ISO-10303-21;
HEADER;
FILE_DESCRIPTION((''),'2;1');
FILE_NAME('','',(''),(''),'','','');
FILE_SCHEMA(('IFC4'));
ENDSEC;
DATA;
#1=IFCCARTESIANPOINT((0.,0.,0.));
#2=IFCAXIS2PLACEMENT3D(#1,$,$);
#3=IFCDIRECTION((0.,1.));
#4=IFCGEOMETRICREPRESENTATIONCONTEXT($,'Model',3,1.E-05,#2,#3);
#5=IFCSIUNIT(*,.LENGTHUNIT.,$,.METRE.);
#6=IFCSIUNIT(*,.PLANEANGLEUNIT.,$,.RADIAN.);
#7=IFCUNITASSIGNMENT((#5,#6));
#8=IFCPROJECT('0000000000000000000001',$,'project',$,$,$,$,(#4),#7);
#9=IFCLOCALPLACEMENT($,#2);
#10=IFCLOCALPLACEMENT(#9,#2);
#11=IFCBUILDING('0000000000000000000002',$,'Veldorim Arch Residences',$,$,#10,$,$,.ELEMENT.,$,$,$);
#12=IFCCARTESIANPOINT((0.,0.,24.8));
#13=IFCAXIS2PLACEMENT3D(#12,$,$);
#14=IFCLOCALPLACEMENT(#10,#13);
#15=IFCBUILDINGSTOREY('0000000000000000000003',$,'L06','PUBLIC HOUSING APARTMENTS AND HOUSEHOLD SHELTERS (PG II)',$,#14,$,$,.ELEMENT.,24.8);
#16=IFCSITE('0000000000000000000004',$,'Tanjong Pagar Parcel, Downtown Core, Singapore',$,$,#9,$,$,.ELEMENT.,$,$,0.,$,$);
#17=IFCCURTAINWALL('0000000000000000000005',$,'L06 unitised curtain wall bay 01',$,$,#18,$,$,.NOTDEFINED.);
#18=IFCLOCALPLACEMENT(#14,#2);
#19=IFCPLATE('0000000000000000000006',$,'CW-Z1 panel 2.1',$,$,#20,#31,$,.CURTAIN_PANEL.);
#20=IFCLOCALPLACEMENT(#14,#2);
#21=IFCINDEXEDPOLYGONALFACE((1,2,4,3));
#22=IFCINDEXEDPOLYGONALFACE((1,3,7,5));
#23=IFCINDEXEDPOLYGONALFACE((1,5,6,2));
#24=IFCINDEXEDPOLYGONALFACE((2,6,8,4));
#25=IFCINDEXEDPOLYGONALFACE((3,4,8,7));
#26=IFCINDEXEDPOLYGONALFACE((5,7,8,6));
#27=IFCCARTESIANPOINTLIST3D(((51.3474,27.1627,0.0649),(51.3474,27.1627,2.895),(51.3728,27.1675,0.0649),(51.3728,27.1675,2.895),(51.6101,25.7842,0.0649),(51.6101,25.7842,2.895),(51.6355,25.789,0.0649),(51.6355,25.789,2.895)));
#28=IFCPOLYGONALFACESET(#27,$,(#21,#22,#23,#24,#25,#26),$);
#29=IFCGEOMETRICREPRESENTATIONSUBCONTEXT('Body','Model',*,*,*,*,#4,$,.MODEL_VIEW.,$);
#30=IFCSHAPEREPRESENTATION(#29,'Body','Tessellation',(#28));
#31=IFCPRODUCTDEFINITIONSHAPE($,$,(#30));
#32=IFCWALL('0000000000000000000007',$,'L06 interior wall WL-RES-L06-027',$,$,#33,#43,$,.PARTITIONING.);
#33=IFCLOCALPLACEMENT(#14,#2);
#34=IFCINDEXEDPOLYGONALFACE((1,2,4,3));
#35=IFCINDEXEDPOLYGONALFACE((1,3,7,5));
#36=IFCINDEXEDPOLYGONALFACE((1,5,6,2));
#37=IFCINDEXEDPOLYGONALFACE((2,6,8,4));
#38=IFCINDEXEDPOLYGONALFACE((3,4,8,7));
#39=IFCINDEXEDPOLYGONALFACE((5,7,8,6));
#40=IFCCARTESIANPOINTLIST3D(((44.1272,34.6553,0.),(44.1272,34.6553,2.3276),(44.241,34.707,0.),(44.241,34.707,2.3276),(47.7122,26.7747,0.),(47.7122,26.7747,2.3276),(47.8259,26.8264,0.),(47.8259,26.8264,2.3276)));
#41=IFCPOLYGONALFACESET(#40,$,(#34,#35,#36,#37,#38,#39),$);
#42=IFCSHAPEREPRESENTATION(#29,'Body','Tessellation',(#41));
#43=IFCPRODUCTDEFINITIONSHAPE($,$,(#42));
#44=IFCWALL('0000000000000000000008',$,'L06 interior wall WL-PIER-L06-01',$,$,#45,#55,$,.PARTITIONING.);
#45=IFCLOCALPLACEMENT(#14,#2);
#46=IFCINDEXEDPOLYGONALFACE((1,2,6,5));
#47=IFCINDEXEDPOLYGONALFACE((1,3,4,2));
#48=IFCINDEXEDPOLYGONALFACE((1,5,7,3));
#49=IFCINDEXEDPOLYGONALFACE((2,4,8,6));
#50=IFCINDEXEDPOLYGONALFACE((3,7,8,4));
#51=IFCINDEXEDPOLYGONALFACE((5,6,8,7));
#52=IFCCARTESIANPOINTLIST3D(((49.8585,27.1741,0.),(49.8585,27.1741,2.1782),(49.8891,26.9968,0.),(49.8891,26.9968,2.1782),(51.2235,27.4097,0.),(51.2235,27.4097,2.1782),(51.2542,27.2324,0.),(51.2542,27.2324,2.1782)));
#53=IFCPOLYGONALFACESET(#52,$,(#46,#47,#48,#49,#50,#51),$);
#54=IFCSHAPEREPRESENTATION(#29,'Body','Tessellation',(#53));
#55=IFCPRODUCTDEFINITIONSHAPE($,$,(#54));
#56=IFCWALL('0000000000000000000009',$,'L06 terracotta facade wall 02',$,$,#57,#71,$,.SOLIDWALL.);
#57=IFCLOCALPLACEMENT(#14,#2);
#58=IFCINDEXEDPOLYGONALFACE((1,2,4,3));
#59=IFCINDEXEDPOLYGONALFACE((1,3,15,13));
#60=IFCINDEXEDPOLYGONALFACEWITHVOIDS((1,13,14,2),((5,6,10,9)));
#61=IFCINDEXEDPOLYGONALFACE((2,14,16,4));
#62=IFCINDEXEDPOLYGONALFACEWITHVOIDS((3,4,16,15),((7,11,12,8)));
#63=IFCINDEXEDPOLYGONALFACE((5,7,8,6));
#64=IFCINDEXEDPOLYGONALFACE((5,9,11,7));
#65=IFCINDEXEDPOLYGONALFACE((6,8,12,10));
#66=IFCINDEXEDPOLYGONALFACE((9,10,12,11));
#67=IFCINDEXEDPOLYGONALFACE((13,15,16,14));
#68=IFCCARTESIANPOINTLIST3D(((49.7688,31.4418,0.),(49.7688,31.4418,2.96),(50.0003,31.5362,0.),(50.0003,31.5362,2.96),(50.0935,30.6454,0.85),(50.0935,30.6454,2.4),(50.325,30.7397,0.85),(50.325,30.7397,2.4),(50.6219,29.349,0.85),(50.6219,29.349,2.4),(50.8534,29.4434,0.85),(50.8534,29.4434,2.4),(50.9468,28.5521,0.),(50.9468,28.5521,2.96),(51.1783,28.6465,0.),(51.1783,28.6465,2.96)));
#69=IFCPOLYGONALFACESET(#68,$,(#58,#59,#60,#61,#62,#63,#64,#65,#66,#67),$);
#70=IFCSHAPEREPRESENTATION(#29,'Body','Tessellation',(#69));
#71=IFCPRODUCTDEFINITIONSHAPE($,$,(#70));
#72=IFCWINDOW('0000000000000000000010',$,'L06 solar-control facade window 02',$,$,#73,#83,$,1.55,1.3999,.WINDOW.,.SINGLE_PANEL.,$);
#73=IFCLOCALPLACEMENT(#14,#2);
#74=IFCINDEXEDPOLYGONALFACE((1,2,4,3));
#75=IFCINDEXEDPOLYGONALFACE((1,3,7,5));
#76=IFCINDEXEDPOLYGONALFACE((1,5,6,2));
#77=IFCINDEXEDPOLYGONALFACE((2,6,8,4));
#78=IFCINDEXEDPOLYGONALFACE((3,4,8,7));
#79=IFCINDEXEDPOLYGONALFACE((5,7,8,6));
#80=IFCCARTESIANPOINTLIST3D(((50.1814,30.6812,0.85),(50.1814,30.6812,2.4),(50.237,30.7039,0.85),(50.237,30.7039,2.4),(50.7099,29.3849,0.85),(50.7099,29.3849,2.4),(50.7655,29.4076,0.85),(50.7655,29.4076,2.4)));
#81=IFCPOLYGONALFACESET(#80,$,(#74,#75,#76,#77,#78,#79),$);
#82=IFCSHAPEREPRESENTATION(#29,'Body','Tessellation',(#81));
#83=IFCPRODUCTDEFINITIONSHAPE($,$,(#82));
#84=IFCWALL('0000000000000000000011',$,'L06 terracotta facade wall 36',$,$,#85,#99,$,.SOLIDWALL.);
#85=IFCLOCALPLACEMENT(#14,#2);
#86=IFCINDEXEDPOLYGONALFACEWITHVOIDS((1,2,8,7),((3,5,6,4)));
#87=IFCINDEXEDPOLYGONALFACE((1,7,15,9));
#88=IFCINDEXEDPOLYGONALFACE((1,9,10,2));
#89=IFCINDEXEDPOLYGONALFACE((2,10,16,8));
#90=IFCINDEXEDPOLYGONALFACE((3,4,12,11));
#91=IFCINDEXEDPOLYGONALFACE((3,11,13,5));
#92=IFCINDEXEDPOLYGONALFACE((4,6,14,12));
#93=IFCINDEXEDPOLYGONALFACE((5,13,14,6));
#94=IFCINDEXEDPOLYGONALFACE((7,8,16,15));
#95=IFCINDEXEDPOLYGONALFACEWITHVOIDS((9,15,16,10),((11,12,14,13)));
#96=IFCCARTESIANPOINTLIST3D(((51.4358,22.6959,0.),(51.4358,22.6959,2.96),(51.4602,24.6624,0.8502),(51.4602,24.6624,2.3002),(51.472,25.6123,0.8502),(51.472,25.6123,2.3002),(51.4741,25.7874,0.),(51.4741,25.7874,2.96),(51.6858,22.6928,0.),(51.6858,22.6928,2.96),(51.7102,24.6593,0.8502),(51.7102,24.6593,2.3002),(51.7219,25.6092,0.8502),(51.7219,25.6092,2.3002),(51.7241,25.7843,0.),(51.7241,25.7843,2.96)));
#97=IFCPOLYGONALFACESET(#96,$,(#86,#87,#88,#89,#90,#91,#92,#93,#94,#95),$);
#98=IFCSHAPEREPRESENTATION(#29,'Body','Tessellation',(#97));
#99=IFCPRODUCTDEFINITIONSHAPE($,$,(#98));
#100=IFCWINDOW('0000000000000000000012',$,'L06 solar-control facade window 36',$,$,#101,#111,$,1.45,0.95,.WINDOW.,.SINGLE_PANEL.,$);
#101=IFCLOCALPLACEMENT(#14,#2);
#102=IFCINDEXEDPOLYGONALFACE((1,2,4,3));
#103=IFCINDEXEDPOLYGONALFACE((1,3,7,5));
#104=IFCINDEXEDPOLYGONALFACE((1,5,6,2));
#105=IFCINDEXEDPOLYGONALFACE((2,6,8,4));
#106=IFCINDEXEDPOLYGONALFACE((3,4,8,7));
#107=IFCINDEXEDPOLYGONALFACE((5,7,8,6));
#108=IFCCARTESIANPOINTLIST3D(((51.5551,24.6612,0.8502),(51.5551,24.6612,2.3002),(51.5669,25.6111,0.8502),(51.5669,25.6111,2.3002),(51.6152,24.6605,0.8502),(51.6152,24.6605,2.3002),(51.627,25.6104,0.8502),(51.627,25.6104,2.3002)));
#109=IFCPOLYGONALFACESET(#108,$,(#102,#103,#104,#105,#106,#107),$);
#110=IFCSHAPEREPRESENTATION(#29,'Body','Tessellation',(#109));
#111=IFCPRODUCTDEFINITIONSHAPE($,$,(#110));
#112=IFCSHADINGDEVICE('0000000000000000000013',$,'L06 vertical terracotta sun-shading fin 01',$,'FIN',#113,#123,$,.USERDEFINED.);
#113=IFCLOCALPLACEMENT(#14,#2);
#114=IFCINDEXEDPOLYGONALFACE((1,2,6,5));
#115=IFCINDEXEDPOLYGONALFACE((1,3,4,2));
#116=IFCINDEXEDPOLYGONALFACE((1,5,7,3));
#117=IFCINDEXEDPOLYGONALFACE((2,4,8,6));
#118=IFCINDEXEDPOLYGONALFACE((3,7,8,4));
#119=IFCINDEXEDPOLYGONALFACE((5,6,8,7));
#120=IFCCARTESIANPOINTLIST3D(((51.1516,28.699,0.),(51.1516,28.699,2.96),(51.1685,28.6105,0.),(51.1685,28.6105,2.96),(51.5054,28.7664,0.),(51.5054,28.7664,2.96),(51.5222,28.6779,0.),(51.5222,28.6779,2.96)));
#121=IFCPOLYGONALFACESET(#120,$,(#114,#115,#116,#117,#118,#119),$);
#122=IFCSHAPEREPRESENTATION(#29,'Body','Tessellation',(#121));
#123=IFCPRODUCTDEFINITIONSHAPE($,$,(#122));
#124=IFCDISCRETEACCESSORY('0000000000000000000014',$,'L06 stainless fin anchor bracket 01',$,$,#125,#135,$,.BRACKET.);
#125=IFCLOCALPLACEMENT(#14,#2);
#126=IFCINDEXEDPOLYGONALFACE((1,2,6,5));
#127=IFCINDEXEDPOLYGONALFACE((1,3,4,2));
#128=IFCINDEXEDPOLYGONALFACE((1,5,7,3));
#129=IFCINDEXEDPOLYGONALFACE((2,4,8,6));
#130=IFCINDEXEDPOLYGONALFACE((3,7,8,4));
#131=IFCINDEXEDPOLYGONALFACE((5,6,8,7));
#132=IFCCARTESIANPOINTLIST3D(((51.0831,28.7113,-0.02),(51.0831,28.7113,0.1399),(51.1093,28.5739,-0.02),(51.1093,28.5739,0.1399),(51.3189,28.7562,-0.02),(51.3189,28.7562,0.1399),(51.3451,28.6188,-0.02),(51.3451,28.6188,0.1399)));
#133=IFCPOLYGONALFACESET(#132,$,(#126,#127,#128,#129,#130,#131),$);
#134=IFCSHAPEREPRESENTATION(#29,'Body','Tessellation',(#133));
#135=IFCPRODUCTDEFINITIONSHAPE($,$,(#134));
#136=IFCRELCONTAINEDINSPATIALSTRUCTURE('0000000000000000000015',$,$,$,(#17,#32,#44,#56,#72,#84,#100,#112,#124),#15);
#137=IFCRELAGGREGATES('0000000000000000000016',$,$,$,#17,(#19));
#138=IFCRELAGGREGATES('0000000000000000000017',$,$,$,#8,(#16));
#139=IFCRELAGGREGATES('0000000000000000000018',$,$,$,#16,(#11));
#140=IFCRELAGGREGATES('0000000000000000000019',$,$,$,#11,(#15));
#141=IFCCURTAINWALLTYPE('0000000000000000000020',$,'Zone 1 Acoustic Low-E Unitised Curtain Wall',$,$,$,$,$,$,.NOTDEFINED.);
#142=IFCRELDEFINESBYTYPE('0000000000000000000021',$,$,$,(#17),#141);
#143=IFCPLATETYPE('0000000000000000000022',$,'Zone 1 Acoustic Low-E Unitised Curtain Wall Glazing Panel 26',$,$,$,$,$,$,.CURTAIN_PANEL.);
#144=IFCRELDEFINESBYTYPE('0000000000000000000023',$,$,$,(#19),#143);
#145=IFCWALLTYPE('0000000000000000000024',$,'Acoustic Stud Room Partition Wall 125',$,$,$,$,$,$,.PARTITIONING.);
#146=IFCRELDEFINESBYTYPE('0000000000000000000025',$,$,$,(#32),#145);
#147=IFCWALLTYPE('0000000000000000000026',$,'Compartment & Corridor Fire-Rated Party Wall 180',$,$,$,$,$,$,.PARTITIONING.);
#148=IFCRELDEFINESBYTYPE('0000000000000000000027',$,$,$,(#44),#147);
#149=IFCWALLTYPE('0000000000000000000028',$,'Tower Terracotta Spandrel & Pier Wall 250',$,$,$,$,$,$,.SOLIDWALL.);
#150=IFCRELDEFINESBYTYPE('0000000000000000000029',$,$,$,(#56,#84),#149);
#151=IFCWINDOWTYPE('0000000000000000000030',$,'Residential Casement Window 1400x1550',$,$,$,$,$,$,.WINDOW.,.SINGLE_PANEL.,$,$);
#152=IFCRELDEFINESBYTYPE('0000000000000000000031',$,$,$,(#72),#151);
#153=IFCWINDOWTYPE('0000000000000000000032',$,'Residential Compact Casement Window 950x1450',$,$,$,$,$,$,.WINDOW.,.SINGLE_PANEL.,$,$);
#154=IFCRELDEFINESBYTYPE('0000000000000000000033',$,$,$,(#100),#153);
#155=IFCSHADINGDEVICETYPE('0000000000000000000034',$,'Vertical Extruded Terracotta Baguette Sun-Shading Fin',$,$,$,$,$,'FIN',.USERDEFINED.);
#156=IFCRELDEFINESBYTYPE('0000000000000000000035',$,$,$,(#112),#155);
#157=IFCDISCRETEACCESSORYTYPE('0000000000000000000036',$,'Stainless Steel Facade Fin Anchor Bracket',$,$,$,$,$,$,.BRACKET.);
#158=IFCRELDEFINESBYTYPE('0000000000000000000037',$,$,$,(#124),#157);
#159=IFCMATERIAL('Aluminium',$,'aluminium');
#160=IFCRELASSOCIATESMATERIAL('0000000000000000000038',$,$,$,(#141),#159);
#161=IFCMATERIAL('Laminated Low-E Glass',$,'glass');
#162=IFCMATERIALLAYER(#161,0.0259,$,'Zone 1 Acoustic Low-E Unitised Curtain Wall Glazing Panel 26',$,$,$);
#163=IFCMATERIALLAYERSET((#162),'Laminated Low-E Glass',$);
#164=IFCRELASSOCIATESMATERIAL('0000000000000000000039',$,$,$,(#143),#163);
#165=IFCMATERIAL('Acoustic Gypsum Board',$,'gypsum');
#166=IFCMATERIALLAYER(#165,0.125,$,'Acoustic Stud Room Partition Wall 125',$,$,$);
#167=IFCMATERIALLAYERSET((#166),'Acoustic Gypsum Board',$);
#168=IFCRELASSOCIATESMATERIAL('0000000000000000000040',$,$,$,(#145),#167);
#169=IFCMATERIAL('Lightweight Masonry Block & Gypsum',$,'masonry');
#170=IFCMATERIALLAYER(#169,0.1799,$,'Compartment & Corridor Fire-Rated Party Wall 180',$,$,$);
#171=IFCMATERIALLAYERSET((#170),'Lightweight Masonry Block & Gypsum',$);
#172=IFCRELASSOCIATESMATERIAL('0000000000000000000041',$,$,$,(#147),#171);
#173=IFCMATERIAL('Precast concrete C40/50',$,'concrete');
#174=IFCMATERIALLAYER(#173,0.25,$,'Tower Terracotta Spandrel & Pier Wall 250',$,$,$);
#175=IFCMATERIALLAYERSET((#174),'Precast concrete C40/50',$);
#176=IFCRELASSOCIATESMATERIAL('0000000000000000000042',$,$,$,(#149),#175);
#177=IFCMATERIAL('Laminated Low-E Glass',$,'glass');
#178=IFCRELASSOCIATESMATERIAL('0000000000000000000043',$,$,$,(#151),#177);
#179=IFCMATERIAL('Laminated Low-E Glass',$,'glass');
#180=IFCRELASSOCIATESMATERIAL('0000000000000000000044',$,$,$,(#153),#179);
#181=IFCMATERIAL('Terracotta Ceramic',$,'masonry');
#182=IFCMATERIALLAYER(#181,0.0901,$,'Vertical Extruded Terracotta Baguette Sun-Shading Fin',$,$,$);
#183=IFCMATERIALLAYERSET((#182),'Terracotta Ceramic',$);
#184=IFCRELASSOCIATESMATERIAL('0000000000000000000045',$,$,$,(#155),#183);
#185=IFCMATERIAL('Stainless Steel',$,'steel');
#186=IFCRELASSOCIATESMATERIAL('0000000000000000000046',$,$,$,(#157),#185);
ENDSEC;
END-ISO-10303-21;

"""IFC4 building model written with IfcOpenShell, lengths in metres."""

from ifc_helpers import new_model, si_unit, direction, frame, frame_2d, origin, origin_2d, place, context, subcontext, project, spatial, rectangle, extrude, material, layer, layer_set, type_object, element, fill, aggregate, save


model = new_model("IFC4")

# Units and contexts
model_context = context("Model", 3, precision=1e-05, world=origin(), true_north=direction((0.0, 1.0)))
body_context = subcontext(model_context, "Body", "Model", "MODEL_VIEW")
ifc_project = project(units=[si_unit("LENGTHUNIT", "METRE"), si_unit("PLANEANGLEUNIT", "RADIAN")], contexts=[model_context])

# Site, building, storey
site_placement = place(None, origin())
site = spatial("IfcSite", under=ifc_project, at=site_placement, Name="Tanjong Pagar Parcel, Downtown Core, Singapore", CompositionType="ELEMENT", RefElevation=0.0)
building_placement = place(site_placement, origin())
building = spatial("IfcBuilding", under=site, at=building_placement, Name="Veldorim Arch Residences", CompositionType="ELEMENT")
storey_placement = place(building_placement, frame((0.0, 0.0, 24.8)))
storey = spatial("IfcBuildingStorey", under=building, at=storey_placement, Name="L06", Description="PUBLIC HOUSING APARTMENTS AND HOUSEHOLD SHELTERS (PG II)", CompositionType="ELEMENT", Elevation=24.8)

# Curtain wall, plate
ifc_material_1 = material(Name="Aluminium", Category="aluminium")
curtain_wall_type = type_object("IfcCurtainWallType", Name="Zone 1 Acoustic Low-E Unitised Curtain Wall", PredefinedType="NOTDEFINED", material=ifc_material_1)
curtain_wall_placement = place(storey_placement, origin())
curtain_wall = element("IfcCurtainWall", 1, at=curtain_wall_placement, inside=storey, type_object=curtain_wall_type, Name="L06 unitised curtain wall bay 01", PredefinedType="NOTDEFINED")
ifc_material_2 = material(Name="Laminated Low-E Glass", Category="glass")
ifc_layer_1 = layer(ifc_material_2, 0.0259, Name="Zone 1 Acoustic Low-E Unitised Curtain Wall Glazing Panel 26")
ifc_layer_set_1 = layer_set([ifc_layer_1], Name="Laminated Low-E Glass")
plate_type = type_object("IfcPlateType", Name="Zone 1 Acoustic Low-E Unitised Curtain Wall Glazing Panel 26", PredefinedType="CURTAIN_PANEL", material=ifc_layer_set_1)
plate_1_placement = place(storey_placement, frame((51.4915, 26.4758, 0.0649), z_axis=(0.0, 0.0, 1.0), x_axis=(0.187222, -0.982318, 0.0)))
plate_1 = element("IfcPlate", 2, at=plate_1_placement, type_object=plate_type, Name="CW-Z1 panel 2.1", PredefinedType="CURTAIN_PANEL", context=body_context, shape_type="SweptSolid", body=[
    extrude(rectangle(XDim=1.4033, YDim=0.0259, at=origin_2d()), origin(), (0.0, 0.0, 1.0), 2.8301),
])
aggregate(curtain_wall, [plate_1])

# Walls
ifc_material_3 = material(Name="Acoustic Gypsum Board", Category="gypsum")
ifc_layer_2 = layer(ifc_material_3, 0.125, Name="Acoustic Stud Room Partition Wall 125")
ifc_layer_set_2 = layer_set([ifc_layer_2], Name="Acoustic Gypsum Board")
wall_type_1 = type_object("IfcWallType", Name="Acoustic Stud Room Partition Wall 125", PredefinedType="PARTITIONING", material=ifc_layer_set_2)
wall_1_placement = place(storey_placement, frame((47.769, 26.8005, 0.0), z_axis=(0.0, 0.0, 1.0), x_axis=(-0.414077, 0.910242, 0.0)))
element("IfcWall", 3, at=wall_1_placement, inside=storey, type_object=wall_type_1, Name="L06 interior wall WL-RES-L06-027", PredefinedType="PARTITIONING", context=body_context, shape_type="SweptSolid", body=[
    extrude(rectangle(XDim=8.6577, YDim=0.125, at=frame_2d((4.3289, 0.0))), origin(), (0.0, 0.0, 1.0), 2.3276),
])
ifc_material_4 = material(Name="Lightweight Masonry Block & Gypsum", Category="masonry")
ifc_layer_3 = layer(ifc_material_4, 0.1799, Name="Compartment & Corridor Fire-Rated Party Wall 180")
ifc_layer_set_3 = layer_set([ifc_layer_3], Name="Lightweight Masonry Block & Gypsum")
wall_type_2 = type_object("IfcWallType", Name="Compartment & Corridor Fire-Rated Party Wall 180", PredefinedType="PARTITIONING", material=ifc_layer_set_3)
wall_2_placement = place(storey_placement, frame((49.8738, 27.0854, 0.0), z_axis=(0.0, 0.0, 1.0), x_axis=(0.98543, 0.170084, 0.0)))
element("IfcWall", 4, at=wall_2_placement, inside=storey, type_object=wall_type_2, Name="L06 interior wall WL-PIER-L06-01", PredefinedType="PARTITIONING", context=body_context, shape_type="SweptSolid", body=[
    extrude(rectangle(XDim=1.3853, YDim=0.1799, at=frame_2d((0.6926, 0.0))), origin(), (0.0, 0.0, 1.0), 2.1782),
])

# Walls, openings, windows
ifc_material_5 = material(Name="Precast concrete C40/50", Category="concrete")
ifc_layer_4 = layer(ifc_material_5, 0.25, Name="Tower Terracotta Spandrel & Pier Wall 250")
ifc_layer_set_4 = layer_set([ifc_layer_4], Name="Precast concrete C40/50")
wall_type_3 = type_object("IfcWallType", Name="Tower Terracotta Spandrel & Pier Wall 250", PredefinedType="SOLIDWALL", material=ifc_layer_set_4)
wall_3_placement = place(storey_placement, frame((49.8845, 31.489, 0.0), z_axis=(0.0, 0.0, 1.0), x_axis=(0.377493, -0.926012, 0.0)))
wall_3 = element("IfcWall", 5, at=wall_3_placement, inside=storey, type_object=wall_type_3, Name="L06 terracotta facade wall 02", PredefinedType="SOLIDWALL", context=body_context, shape_type="SweptSolid", body=[
    extrude(rectangle(XDim=3.1206, YDim=0.25, at=frame_2d((1.5603, 0.0))), origin(), (0.0, 0.0, 1.0), 2.96),
])
opening_1_placement = place(wall_3_placement, frame((0.8601, 0.0, 0.8501)))
opening_1 = element("IfcOpeningElement", 6, at=opening_1_placement, cuts=wall_3, PredefinedType="OPENING", context=body_context, shape_type="SweptSolid", body=[
    extrude(rectangle(XDim=1.3999, YDim=1.55, at=frame_2d((0.7, 0.7749))), frame((0.0, 0.135, 0.0), z_axis=(0.0, -1.0, 0.0), x_axis=(1.0, 0.0, 0.0)), (0.0, 0.0, 1.0), 0.27),
])
ifc_material_6 = material(Name="Laminated Low-E Glass", Category="glass")
window_type_1 = type_object("IfcWindowType", Name="Residential Casement Window 1400x1550", PartitioningType="SINGLE_PANEL", PredefinedType="WINDOW", material=ifc_material_6)
window_1_placement = place(opening_1_placement, origin())
window_1 = element("IfcWindow", 7, at=window_1_placement, inside=storey, type_object=window_type_1, Name="L06 solar-control facade window 02", OverallHeight=1.55, OverallWidth=1.3999, PartitioningType="SINGLE_PANEL", PredefinedType="WINDOW", context=body_context, shape_type="SweptSolid", body=[
    extrude(rectangle(XDim=1.3999, YDim=1.55, at=frame_2d((0.7, 0.7749))), frame((0.0, 0.03, 0.0), z_axis=(0.0, -1.0, 0.0), x_axis=(1.0, 0.0, 0.0)), (0.0, 0.0, 1.0), 0.0601),
])
fill(opening_1, window_1)
wall_4_placement = place(storey_placement, frame((51.5991, 25.7859, 0.0), z_axis=(0.0, 0.0, 1.0), x_axis=(-0.012397, -0.999923, 0.0)))
wall_4 = element("IfcWall", 8, at=wall_4_placement, inside=storey, type_object=wall_type_3, Name="L06 terracotta facade wall 36", PredefinedType="SOLIDWALL", context=body_context, shape_type="SweptSolid", body=[
    extrude(rectangle(XDim=3.0918, YDim=0.25, at=frame_2d((1.5459, 0.0))), origin(), (0.0, 0.0, 1.0), 2.96),
])
opening_2_placement = place(wall_4_placement, frame((0.175, 0.0, 0.8501)))
opening_2 = element("IfcOpeningElement", 9, at=opening_2_placement, cuts=wall_4, PredefinedType="OPENING", context=body_context, shape_type="SweptSolid", body=[
    extrude(rectangle(XDim=0.95, YDim=1.45, at=frame_2d((0.4751, 0.7251))), frame((0.0, 0.135, 0.0), z_axis=(0.0, -1.0, 0.0), x_axis=(1.0, 0.0, 0.0)), (0.0, 0.0, 1.0), 0.27),
])
ifc_material_7 = material(Name="Laminated Low-E Glass", Category="glass")
window_type_2 = type_object("IfcWindowType", Name="Residential Compact Casement Window 950x1450", PartitioningType="SINGLE_PANEL", PredefinedType="WINDOW", material=ifc_material_7)
window_2_placement = place(opening_2_placement, origin())
window_2 = element("IfcWindow", 10, at=window_2_placement, inside=storey, type_object=window_type_2, Name="L06 solar-control facade window 36", OverallHeight=1.45, OverallWidth=0.95, PartitioningType="SINGLE_PANEL", PredefinedType="WINDOW", context=body_context, shape_type="SweptSolid", body=[
    extrude(rectangle(XDim=0.95, YDim=1.45, at=frame_2d((0.4751, 0.7251))), frame((0.0, 0.03, 0.0), z_axis=(0.0, -1.0, 0.0), x_axis=(1.0, 0.0, 0.0)), (0.0, 0.0, 1.0), 0.0601),
])
fill(opening_2, window_2)

# Shading device
ifc_material_8 = material(Name="Terracotta Ceramic", Category="masonry")
ifc_layer_5 = layer(ifc_material_8, 0.0901, Name="Vertical Extruded Terracotta Baguette Sun-Shading Fin")
ifc_layer_set_5 = layer_set([ifc_layer_5], Name="Terracotta Ceramic")
shading_device_type = type_object("IfcShadingDeviceType", Name="Vertical Extruded Terracotta Baguette Sun-Shading Fin", ElementType="FIN", PredefinedType="USERDEFINED", material=ifc_layer_set_5)
shading_device_placement = place(storey_placement, frame((51.3369, 28.6885, 0.0), z_axis=(0.0, 0.0, 1.0), x_axis=(0.18721, -0.98232, 0.0)))
element("IfcShadingDevice", 11, at=shading_device_placement, inside=storey, type_object=shading_device_type, Name="L06 vertical terracotta sun-shading fin 01", ObjectType="FIN", PredefinedType="USERDEFINED", context=body_context, shape_type="SweptSolid", body=[
    extrude(rectangle(XDim=0.0901, YDim=0.3601, at=origin_2d()), origin(), (0.0, 0.0, 1.0), 2.96),
])

# Discrete accessory
ifc_material_9 = material(Name="Stainless Steel", Category="steel")
discrete_accessory_type = type_object("IfcDiscreteAccessoryType", Name="Stainless Steel Facade Fin Anchor Bracket", PredefinedType="BRACKET", material=ifc_material_9)
discrete_accessory_placement = place(storey_placement, frame((51.2141, 28.665, -0.02), z_axis=(0.0, 0.0, 1.0), x_axis=(0.18721, -0.98232, 0.0)))
element("IfcDiscreteAccessory", 12, at=discrete_accessory_placement, inside=storey, type_object=discrete_accessory_type, Name="L06 stainless fin anchor bracket 01", PredefinedType="BRACKET", context=body_context, shape_type="SweptSolid", body=[
    extrude(rectangle(XDim=0.1399, YDim=0.24, at=origin_2d()), origin(), (0.0, 0.0, 1.0), 0.1599),
])

save(model, "model.ifc")
